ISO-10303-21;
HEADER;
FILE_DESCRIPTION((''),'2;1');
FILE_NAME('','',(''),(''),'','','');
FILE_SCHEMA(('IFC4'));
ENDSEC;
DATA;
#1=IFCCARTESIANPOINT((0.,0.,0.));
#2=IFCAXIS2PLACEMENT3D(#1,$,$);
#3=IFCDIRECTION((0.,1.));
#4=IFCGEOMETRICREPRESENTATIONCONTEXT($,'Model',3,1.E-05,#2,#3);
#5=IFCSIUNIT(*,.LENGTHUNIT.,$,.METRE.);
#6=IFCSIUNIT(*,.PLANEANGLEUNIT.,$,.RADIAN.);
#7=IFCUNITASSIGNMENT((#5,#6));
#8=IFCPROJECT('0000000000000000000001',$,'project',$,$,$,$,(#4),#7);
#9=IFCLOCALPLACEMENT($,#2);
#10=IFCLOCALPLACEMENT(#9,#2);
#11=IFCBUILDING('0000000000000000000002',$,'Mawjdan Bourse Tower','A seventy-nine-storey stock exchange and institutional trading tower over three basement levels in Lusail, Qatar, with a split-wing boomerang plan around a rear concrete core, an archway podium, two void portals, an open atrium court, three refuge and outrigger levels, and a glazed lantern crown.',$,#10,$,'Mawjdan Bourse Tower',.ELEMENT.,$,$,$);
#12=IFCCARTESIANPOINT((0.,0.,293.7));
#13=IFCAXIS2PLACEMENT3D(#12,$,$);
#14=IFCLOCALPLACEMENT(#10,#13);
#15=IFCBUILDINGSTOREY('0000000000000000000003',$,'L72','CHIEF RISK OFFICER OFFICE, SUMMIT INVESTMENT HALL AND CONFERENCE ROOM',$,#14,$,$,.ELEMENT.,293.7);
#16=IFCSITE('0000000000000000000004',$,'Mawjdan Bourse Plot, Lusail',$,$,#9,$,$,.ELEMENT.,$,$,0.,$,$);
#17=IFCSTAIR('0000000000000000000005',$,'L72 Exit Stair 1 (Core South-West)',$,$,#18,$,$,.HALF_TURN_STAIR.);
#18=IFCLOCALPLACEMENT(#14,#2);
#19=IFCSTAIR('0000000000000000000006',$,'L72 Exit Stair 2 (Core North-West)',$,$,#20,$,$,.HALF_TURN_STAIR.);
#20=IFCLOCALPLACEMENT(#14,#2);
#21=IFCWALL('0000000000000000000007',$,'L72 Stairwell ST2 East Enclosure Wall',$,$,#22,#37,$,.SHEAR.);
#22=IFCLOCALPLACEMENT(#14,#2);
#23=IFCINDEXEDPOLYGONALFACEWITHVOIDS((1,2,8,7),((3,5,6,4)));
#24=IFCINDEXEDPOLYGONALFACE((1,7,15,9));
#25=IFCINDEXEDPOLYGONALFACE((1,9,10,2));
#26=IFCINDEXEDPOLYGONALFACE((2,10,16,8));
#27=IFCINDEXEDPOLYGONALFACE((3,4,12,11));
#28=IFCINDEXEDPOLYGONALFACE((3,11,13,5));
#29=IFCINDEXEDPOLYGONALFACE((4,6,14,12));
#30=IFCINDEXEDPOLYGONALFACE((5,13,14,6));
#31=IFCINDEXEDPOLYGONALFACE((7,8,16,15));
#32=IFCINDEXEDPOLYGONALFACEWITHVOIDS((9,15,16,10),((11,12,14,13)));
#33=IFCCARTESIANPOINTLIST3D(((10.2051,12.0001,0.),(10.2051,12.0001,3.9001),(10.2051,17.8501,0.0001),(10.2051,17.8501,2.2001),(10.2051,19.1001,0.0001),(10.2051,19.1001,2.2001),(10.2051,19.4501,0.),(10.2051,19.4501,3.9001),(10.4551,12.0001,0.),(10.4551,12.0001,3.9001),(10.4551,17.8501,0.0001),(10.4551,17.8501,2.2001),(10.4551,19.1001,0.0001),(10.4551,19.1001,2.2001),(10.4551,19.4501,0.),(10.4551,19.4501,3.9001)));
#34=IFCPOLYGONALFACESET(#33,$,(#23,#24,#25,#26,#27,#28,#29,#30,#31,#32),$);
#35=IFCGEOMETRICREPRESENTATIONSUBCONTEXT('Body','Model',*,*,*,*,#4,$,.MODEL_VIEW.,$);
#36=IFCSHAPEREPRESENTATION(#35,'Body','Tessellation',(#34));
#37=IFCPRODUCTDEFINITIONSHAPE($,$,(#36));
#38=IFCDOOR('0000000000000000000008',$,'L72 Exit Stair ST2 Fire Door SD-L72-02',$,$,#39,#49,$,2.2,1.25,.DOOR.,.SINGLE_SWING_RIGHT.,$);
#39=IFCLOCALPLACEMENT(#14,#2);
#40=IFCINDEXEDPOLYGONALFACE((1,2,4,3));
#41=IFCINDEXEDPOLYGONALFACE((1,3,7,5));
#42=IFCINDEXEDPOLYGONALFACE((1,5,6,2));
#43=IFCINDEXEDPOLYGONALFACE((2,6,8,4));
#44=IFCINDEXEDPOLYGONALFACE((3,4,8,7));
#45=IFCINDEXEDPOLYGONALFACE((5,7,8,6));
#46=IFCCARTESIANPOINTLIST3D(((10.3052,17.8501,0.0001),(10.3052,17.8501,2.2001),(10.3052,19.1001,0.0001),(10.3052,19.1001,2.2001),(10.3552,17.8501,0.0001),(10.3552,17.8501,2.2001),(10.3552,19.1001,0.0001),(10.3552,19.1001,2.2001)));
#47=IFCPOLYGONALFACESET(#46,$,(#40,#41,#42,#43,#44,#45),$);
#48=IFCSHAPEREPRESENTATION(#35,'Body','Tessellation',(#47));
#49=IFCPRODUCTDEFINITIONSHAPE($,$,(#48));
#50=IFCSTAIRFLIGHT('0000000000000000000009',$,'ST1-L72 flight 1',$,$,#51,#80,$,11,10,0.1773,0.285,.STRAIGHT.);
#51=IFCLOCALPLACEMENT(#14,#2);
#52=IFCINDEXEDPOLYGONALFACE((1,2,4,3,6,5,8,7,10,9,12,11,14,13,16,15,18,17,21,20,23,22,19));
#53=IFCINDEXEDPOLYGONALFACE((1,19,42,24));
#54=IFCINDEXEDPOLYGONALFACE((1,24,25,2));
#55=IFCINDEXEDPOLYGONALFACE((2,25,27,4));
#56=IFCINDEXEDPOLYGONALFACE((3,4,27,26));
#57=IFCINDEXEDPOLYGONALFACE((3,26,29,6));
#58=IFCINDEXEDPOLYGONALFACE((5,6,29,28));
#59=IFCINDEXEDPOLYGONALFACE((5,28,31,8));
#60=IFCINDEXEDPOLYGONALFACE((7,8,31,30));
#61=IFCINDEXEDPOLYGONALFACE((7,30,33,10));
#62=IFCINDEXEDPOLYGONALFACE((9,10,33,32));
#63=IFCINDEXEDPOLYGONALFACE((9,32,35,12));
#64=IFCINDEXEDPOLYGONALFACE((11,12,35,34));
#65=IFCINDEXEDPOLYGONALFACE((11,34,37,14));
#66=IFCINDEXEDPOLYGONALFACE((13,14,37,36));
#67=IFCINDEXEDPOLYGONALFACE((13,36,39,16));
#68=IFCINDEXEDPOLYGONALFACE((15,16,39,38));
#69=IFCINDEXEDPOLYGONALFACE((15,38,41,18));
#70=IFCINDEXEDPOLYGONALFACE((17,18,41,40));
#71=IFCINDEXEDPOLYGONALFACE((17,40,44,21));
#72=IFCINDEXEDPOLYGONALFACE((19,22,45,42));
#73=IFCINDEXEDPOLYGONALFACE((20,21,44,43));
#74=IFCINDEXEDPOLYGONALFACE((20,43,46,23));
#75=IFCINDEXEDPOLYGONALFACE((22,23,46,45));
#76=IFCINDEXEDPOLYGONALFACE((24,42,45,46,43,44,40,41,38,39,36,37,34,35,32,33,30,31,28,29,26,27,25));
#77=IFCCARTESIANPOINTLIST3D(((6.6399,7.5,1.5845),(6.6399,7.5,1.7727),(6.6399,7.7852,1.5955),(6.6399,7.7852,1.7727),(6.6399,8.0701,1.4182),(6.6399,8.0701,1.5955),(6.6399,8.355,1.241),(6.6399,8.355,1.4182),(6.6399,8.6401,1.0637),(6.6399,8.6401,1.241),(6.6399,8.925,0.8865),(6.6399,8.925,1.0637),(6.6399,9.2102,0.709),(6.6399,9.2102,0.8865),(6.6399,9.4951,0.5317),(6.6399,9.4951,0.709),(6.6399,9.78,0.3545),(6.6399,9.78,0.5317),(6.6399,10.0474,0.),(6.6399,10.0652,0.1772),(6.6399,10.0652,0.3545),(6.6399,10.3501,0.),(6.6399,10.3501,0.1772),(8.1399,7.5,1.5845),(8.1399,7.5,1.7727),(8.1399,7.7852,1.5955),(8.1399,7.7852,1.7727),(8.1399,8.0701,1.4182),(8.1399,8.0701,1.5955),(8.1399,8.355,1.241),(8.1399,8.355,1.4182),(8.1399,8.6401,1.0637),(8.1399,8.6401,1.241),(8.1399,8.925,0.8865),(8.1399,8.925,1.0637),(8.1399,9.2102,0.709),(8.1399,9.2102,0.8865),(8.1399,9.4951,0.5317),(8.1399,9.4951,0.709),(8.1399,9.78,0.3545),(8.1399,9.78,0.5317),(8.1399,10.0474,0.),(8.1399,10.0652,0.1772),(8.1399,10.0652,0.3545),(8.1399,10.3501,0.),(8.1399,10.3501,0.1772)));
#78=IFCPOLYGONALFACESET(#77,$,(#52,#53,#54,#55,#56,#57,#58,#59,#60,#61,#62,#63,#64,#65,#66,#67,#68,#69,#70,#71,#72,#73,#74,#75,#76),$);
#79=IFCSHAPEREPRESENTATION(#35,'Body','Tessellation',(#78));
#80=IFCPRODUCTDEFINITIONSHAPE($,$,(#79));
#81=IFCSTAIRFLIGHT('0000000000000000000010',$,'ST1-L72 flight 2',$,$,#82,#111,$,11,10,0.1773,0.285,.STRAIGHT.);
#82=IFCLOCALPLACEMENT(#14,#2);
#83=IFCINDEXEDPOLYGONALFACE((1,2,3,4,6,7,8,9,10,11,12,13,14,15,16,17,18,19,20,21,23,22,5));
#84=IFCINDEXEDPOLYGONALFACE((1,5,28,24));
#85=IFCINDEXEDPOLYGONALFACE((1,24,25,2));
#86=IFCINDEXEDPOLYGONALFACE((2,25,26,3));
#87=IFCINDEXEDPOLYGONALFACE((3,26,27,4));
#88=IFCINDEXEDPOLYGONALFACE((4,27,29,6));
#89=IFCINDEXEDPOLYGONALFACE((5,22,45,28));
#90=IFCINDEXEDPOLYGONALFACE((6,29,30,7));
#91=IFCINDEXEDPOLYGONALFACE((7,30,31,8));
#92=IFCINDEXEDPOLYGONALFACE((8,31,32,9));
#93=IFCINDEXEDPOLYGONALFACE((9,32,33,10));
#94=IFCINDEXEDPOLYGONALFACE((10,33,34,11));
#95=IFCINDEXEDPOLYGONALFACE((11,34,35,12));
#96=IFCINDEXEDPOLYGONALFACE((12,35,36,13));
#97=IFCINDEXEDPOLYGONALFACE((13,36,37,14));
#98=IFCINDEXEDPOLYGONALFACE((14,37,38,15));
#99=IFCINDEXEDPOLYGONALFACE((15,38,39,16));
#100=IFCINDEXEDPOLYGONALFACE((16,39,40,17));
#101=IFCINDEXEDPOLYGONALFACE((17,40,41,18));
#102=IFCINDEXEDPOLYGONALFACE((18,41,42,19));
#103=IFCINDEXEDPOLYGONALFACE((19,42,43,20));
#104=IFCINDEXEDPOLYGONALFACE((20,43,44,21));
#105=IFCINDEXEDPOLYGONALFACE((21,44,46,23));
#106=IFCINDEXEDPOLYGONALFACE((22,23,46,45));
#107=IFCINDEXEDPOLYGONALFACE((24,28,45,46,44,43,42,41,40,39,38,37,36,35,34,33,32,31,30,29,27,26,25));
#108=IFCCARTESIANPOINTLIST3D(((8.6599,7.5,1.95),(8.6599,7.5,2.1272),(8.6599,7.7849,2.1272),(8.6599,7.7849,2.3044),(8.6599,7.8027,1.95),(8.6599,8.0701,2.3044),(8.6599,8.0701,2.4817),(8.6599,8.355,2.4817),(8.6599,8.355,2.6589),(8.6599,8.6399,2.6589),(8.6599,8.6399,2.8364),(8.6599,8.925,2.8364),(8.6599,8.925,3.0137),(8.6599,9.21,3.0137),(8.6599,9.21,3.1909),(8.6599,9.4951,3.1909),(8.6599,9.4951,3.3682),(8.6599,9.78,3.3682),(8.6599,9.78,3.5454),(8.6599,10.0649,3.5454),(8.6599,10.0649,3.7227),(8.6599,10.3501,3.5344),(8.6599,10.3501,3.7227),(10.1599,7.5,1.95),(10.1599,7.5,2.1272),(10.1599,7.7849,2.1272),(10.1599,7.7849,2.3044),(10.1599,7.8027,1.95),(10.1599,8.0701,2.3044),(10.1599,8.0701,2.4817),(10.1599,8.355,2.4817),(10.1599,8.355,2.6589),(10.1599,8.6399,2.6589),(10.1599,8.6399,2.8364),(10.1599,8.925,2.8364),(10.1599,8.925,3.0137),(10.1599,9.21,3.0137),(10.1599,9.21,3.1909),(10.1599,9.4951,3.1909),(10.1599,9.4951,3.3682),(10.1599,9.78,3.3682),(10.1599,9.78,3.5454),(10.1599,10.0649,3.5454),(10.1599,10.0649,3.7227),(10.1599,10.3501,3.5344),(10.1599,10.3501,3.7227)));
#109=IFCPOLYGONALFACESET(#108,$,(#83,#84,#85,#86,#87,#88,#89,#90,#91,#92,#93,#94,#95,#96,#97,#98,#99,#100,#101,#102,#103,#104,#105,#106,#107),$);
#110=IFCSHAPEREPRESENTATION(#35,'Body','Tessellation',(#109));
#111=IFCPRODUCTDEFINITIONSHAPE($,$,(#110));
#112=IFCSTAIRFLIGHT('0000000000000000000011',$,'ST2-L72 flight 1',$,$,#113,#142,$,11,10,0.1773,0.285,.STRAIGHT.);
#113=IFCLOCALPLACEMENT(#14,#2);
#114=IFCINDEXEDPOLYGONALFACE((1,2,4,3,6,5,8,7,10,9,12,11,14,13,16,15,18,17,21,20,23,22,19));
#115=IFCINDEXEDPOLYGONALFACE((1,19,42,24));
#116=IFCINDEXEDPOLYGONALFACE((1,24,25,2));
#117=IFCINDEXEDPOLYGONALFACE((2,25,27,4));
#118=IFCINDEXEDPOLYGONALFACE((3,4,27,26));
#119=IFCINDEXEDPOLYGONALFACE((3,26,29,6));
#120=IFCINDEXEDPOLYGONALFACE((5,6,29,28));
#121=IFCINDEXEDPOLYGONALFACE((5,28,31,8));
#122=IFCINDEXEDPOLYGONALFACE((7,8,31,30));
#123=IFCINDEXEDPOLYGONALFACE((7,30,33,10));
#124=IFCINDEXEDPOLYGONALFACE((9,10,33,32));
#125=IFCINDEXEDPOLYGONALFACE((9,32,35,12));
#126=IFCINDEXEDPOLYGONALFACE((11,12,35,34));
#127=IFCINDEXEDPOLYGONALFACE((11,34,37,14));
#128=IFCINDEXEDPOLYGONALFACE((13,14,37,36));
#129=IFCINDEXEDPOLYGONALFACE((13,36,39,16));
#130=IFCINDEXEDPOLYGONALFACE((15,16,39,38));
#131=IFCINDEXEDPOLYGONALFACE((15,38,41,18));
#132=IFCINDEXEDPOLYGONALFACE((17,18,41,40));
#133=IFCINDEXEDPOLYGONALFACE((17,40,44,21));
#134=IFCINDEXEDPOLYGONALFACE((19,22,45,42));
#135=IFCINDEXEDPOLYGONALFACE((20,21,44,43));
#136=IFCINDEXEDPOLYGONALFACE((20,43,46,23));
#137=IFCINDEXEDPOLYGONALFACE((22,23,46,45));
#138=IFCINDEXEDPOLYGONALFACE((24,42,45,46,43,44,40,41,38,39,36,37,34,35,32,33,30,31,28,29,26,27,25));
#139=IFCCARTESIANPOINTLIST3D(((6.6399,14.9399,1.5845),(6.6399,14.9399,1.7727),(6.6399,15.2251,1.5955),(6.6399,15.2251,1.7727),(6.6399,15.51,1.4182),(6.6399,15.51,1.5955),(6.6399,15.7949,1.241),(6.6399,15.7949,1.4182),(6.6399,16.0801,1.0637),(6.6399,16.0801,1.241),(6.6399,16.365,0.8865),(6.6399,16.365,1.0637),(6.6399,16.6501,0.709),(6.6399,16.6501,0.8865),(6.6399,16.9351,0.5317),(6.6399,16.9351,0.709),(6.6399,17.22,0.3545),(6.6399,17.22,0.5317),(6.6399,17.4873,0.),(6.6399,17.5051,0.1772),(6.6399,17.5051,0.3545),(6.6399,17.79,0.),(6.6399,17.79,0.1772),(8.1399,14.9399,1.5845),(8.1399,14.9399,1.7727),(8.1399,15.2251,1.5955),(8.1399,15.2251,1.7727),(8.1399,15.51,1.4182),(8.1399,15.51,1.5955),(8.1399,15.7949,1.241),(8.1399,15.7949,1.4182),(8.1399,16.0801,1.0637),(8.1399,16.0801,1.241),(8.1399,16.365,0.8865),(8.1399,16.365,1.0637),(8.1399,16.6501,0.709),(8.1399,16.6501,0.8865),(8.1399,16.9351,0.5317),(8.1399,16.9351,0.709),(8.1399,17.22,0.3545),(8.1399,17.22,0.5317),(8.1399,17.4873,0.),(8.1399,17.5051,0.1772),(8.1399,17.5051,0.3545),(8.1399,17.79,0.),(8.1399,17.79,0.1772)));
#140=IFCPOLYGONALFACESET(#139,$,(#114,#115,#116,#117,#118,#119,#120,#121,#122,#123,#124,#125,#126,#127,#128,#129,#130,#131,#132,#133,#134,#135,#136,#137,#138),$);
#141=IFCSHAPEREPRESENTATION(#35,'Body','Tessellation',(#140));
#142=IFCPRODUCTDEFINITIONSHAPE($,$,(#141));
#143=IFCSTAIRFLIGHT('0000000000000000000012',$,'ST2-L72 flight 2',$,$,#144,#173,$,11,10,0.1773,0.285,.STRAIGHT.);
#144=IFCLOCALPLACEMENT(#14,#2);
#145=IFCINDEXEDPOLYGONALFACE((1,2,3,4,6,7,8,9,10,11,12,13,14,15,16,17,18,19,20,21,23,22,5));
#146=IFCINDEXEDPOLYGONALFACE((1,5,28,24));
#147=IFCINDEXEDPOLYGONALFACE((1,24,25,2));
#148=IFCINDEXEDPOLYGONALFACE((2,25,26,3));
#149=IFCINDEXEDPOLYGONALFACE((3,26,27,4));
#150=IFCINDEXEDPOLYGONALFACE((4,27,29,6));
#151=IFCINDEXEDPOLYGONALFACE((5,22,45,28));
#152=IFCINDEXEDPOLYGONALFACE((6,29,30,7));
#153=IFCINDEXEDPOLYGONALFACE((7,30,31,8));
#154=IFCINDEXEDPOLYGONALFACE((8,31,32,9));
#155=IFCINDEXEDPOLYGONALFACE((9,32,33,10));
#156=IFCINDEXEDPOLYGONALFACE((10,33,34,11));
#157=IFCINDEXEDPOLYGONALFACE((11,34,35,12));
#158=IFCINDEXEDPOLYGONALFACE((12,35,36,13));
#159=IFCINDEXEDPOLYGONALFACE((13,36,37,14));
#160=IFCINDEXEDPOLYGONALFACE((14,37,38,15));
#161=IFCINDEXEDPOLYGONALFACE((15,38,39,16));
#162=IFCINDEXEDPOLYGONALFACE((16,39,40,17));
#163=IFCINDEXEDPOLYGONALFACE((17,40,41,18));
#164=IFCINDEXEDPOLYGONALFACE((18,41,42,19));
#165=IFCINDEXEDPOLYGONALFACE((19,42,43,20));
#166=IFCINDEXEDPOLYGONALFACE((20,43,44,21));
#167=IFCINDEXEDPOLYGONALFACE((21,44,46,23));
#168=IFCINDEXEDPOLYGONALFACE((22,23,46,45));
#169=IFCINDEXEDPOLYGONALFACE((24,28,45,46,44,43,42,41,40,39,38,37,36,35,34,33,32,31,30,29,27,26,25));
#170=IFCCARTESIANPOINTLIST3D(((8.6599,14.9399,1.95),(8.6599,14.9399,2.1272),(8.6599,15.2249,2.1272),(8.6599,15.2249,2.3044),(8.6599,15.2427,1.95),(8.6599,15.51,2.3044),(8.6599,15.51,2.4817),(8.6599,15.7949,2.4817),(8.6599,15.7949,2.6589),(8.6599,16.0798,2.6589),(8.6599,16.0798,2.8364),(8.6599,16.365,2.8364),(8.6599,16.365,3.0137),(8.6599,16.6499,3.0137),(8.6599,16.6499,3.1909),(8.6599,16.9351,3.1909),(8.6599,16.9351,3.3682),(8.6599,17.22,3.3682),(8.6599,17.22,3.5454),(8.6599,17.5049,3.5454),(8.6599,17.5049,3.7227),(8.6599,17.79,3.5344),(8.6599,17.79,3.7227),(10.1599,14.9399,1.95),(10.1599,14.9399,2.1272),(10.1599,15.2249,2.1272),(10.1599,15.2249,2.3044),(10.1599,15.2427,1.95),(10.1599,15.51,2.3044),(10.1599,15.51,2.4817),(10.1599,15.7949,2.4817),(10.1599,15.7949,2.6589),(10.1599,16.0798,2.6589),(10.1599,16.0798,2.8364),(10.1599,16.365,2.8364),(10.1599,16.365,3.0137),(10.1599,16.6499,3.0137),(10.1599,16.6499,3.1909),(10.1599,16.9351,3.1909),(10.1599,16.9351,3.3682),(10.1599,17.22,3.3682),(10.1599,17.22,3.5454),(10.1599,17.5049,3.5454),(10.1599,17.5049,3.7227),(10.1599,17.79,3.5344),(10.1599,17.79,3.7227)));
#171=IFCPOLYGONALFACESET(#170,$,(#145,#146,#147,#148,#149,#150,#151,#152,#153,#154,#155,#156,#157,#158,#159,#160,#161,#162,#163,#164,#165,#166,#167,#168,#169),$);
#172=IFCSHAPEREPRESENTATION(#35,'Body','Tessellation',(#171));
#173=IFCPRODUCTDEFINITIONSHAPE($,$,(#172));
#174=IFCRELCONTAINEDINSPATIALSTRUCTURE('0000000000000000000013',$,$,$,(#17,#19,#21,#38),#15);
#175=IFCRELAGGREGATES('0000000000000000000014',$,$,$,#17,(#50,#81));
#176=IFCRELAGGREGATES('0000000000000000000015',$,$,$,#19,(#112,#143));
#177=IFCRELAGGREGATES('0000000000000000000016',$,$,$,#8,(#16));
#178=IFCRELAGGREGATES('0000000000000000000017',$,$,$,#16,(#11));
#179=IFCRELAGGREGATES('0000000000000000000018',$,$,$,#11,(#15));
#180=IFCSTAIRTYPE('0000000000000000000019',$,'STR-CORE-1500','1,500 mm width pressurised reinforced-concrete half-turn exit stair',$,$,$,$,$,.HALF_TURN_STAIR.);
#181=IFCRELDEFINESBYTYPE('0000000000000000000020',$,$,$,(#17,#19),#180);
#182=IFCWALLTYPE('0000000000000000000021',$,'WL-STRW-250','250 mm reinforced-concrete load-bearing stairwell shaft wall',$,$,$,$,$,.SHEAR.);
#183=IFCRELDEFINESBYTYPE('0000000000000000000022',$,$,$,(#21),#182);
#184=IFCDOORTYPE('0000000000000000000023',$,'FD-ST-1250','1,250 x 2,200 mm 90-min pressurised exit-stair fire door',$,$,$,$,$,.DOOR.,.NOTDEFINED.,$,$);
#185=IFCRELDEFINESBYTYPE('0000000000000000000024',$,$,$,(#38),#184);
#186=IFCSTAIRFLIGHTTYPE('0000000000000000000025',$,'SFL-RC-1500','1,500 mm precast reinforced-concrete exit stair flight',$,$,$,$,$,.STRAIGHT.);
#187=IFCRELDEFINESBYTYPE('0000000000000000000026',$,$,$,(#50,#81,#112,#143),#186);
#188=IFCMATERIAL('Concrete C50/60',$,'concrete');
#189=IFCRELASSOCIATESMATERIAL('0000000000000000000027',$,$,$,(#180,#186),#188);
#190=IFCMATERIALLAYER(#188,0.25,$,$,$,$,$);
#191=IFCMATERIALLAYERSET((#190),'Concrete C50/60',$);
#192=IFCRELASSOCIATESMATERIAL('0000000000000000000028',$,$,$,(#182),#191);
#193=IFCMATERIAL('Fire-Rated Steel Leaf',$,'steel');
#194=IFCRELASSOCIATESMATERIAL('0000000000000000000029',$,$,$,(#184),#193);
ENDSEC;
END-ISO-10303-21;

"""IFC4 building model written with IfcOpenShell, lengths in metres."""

from ifc_helpers import new_model, si_unit, direction, frame, frame_2d, origin, place, context, subcontext, project, spatial, polyline, rectangle, outline, extrude, material, layer, layer_set, type_object, element, fill, aggregate, save


model = new_model("IFC4")

# Units and contexts
model_context = context("Model", 3, precision=1e-05, world=origin(), true_north=direction((0.0, 1.0)))
body_context = subcontext(model_context, "Body", "Model", "MODEL_VIEW")
ifc_project = project(units=[si_unit("LENGTHUNIT", "METRE"), si_unit("PLANEANGLEUNIT", "RADIAN")], contexts=[model_context])

# Site, building, storey
site_placement = place(None, origin())
site = spatial("IfcSite", under=ifc_project, at=site_placement, Name="Mawjdan Bourse Plot, Lusail", CompositionType="ELEMENT", RefElevation=0.0)
building_placement = place(site_placement, origin())
building = spatial("IfcBuilding", under=site, at=building_placement, Name="Mawjdan Bourse Tower", Description="A seventy-nine-storey stock exchange and institutional trading tower over three basement levels in Lusail, Qatar, with a split-wing boomerang plan around a rear concrete core, an archway podium, two void portals, an open atrium court, three refuge and outrigger levels, and a glazed lantern crown.", LongName="Mawjdan Bourse Tower", CompositionType="ELEMENT")
storey_placement = place(building_placement, frame((0.0, 0.0, 293.7)))
storey = spatial("IfcBuildingStorey", under=building, at=storey_placement, Name="L72", Description="CHIEF RISK OFFICER OFFICE, SUMMIT INVESTMENT HALL AND CONFERENCE ROOM", CompositionType="ELEMENT", Elevation=293.7)

# Stairs
ifc_material_1 = material(Name="Concrete C50/60", Category="concrete")
stair_type = type_object("IfcStairType", Name="STR-CORE-1500", Description="1,500 mm width pressurised reinforced-concrete half-turn exit stair", PredefinedType="HALF_TURN_STAIR", material=ifc_material_1)
stair_1_placement = place(storey_placement, origin())
stair_1 = element("IfcStair", 1, at=stair_1_placement, inside=storey, type_object=stair_type, Name="L72 Exit Stair 1 (Core South-West)", PredefinedType="HALF_TURN_STAIR")
stair_2_placement = place(storey_placement, origin())
stair_2 = element("IfcStair", 2, at=stair_2_placement, inside=storey, type_object=stair_type, Name="L72 Exit Stair 2 (Core North-West)", PredefinedType="HALF_TURN_STAIR")

# Shared definitions
ifc_layer_1 = layer(ifc_material_1, 0.25)
ifc_layer_set_1 = layer_set([ifc_layer_1], Name="Concrete C50/60")
wall_type_1 = type_object("IfcWallType", Name="WL-STRW-250", Description="250 mm reinforced-concrete load-bearing stairwell shaft wall", PredefinedType="SHEAR", material=ifc_layer_set_1)

# Wall, opening, door
ifc_material_2 = material(Name="Fire-Rated Steel Leaf", Category="steel")
door_type_1 = type_object("IfcDoorType", Name="FD-ST-1250", Description="1,250 x 2,200 mm 90-min pressurised exit-stair fire door", OperationType="NOTDEFINED", PredefinedType="DOOR", material=ifc_material_2)
wall_1_placement = place(storey_placement, frame((10.3301, 12.0, 0.0), z_axis=(0.0, 0.0, 1.0), x_axis=(0.0, 1.0, 0.0)))
wall_1 = element("IfcWall", 3, at=wall_1_placement, inside=storey, type_object=wall_type_1, Name="L72 Stairwell ST2 East Enclosure Wall", PredefinedType="SHEAR", context=body_context, shape_type="SweptSolid", body=[
    extrude(rectangle(XDim=7.45, YDim=0.25, at=frame_2d((3.7251, 0.0))), origin(), (0.0, 0.0, 1.0), 3.9001),
])
opening_1_placement = place(wall_1_placement, frame((5.8501, 0.0, 0.0)))
opening_1 = element("IfcOpeningElement", 4, at=opening_1_placement, cuts=wall_1, PredefinedType="OPENING", context=body_context, shape_type="SweptSolid", body=[
    extrude(rectangle(XDim=1.25, YDim=2.2, at=frame_2d((0.625, 1.1001))), frame((0.0, 0.135, 0.0), z_axis=(0.0, -1.0, 0.0), x_axis=(1.0, 0.0, 0.0)), (0.0, 0.0, 1.0), 0.27),
])
door_1_placement = place(opening_1_placement, origin())
door_1 = element("IfcDoor", 5, at=door_1_placement, inside=storey, type_object=door_type_1, Name="L72 Exit Stair ST2 Fire Door SD-L72-02", OperationType="SINGLE_SWING_RIGHT", OverallHeight=2.2, OverallWidth=1.25, PredefinedType="DOOR", context=body_context, shape_type="SweptSolid", body=[
    extrude(rectangle(XDim=1.25, YDim=2.2, at=frame_2d((0.625, 1.1001))), frame((0.0, 0.0249, 0.0), z_axis=(0.0, -1.0, 0.0), x_axis=(1.0, 0.0, 0.0)), (0.0, 0.0, 1.0), 0.05),
])
fill(opening_1, door_1)

# Stair flights
stair_flight_type = type_object("IfcStairFlightType", Name="SFL-RC-1500", Description="1,500 mm precast reinforced-concrete exit stair flight", PredefinedType="STRAIGHT", material=ifc_material_1)
stair_flight_1_placement = place(storey_placement, frame((7.3899, 10.3501, 0.0), z_axis=(0.0, 0.0, 1.0), x_axis=(0.0, -1.0, 0.0)))
stair_flight_1 = element("IfcStairFlight", 6, at=stair_flight_1_placement, type_object=stair_flight_type, Name="ST1-L72 flight 1", NumberOfRisers=11, NumberOfTreads=10, PredefinedType="STRAIGHT", RiserHeight=0.1773, TreadLength=0.285, context=body_context, shape_type="SweptSolid", body=[
    extrude(outline(polyline([(0.0, 0.0), (0.0, 0.1772), (0.2849, 0.1772), (0.2849, 0.3545), (0.5701, 0.3545), (0.5701, 0.5317), (0.855, 0.5317), (0.855, 0.709), (1.1399, 0.709), (1.1399, 0.8865), (1.425, 0.8865), (1.425, 1.0637), (1.71, 1.0637), (1.71, 1.241), (1.9951, 1.241), (1.9951, 1.4182), (2.28, 1.4182), (2.28, 1.5955), (2.5649, 1.5955), (2.5649, 1.7727), (2.8501, 1.7727), (2.8501, 1.95), (2.8501, 1.5845), (0.3027, 0.0), (0.0, 0.0)])), frame((0.0, 0.75, 0.0), z_axis=(0.0, -1.0, 0.0), x_axis=(1.0, 0.0, 0.0)), (0.0, 0.0, 1.0), 1.5),
])
stair_flight_2_placement = place(storey_placement, frame((9.4099, 7.5, 1.95), z_axis=(0.0, 0.0, 1.0), x_axis=(0.0, 1.0, 0.0)))
stair_flight_2 = element("IfcStairFlight", 7, at=stair_flight_2_placement, type_object=stair_flight_type, Name="ST1-L72 flight 2", NumberOfRisers=11, NumberOfTreads=10, PredefinedType="STRAIGHT", RiserHeight=0.1773, TreadLength=0.285, context=body_context, shape_type="SweptSolid", body=[
    extrude(outline(polyline([(0.0, 0.0), (0.0, 0.1772), (0.2849, 0.1772), (0.2849, 0.3545), (0.5701, 0.3545), (0.5701, 0.5317), (0.855, 0.5317), (0.855, 0.709), (1.1399, 0.709), (1.1399, 0.8865), (1.425, 0.8865), (1.425, 1.0637), (1.71, 1.0637), (1.71, 1.241), (1.9951, 1.241), (1.9951, 1.4182), (2.28, 1.4182), (2.28, 1.5955), (2.5649, 1.5955), (2.5649, 1.7727), (2.8501, 1.7727), (2.8501, 1.95), (2.8501, 1.5845), (0.3027, 0.0), (0.0, 0.0)])), frame((0.0, 0.75, 0.0), z_axis=(0.0, -1.0, 0.0), x_axis=(1.0, 0.0, 0.0)), (0.0, 0.0, 1.0), 1.5),
])
aggregate(stair_1, [stair_flight_1, stair_flight_2])
stair_flight_3_placement = place(storey_placement, frame((7.3899, 17.79, 0.0), z_axis=(0.0, 0.0, 1.0), x_axis=(0.0, -1.0, 0.0)))
stair_flight_3 = element("IfcStairFlight", 8, at=stair_flight_3_placement, type_object=stair_flight_type, Name="ST2-L72 flight 1", NumberOfRisers=11, NumberOfTreads=10, PredefinedType="STRAIGHT", RiserHeight=0.1773, TreadLength=0.285, context=body_context, shape_type="SweptSolid", body=[
    extrude(outline(polyline([(0.0, 0.0), (0.0, 0.1772), (0.2849, 0.1772), (0.2849, 0.3545), (0.5701, 0.3545), (0.5701, 0.5317), (0.855, 0.5317), (0.855, 0.709), (1.1399, 0.709), (1.1399, 0.8865), (1.425, 0.8865), (1.425, 1.0637), (1.71, 1.0637), (1.71, 1.241), (1.9951, 1.241), (1.9951, 1.4182), (2.28, 1.4182), (2.28, 1.5955), (2.5649, 1.5955), (2.5649, 1.7727), (2.8501, 1.7727), (2.8501, 1.95), (2.8501, 1.5845), (0.3027, 0.0), (0.0, 0.0)])), frame((0.0, 0.75, 0.0), z_axis=(0.0, -1.0, 0.0), x_axis=(1.0, 0.0, 0.0)), (0.0, 0.0, 1.0), 1.5),
])
stair_flight_4_placement = place(storey_placement, frame((9.4099, 14.9399, 1.95), z_axis=(0.0, 0.0, 1.0), x_axis=(0.0, 1.0, 0.0)))
stair_flight_4 = element("IfcStairFlight", 9, at=stair_flight_4_placement, type_object=stair_flight_type, Name="ST2-L72 flight 2", NumberOfRisers=11, NumberOfTreads=10, PredefinedType="STRAIGHT", RiserHeight=0.1773, TreadLength=0.285, context=body_context, shape_type="SweptSolid", body=[
    extrude(outline(polyline([(0.0, 0.0), (0.0, 0.1772), (0.2849, 0.1772), (0.2849, 0.3545), (0.5701, 0.3545), (0.5701, 0.5317), (0.855, 0.5317), (0.855, 0.709), (1.1399, 0.709), (1.1399, 0.8865), (1.425, 0.8865), (1.425, 1.0637), (1.71, 1.0637), (1.71, 1.241), (1.9951, 1.241), (1.9951, 1.4182), (2.28, 1.4182), (2.28, 1.5955), (2.5649, 1.5955), (2.5649, 1.7727), (2.8501, 1.7727), (2.8501, 1.95), (2.8501, 1.5845), (0.3027, 0.0), (0.0, 0.0)])), frame((0.0, 0.75, 0.0), z_axis=(0.0, -1.0, 0.0), x_axis=(1.0, 0.0, 0.0)), (0.0, 0.0, 1.0), 1.5),
])
aggregate(stair_2, [stair_flight_3, stair_flight_4])

save(model, "model.ifc")
